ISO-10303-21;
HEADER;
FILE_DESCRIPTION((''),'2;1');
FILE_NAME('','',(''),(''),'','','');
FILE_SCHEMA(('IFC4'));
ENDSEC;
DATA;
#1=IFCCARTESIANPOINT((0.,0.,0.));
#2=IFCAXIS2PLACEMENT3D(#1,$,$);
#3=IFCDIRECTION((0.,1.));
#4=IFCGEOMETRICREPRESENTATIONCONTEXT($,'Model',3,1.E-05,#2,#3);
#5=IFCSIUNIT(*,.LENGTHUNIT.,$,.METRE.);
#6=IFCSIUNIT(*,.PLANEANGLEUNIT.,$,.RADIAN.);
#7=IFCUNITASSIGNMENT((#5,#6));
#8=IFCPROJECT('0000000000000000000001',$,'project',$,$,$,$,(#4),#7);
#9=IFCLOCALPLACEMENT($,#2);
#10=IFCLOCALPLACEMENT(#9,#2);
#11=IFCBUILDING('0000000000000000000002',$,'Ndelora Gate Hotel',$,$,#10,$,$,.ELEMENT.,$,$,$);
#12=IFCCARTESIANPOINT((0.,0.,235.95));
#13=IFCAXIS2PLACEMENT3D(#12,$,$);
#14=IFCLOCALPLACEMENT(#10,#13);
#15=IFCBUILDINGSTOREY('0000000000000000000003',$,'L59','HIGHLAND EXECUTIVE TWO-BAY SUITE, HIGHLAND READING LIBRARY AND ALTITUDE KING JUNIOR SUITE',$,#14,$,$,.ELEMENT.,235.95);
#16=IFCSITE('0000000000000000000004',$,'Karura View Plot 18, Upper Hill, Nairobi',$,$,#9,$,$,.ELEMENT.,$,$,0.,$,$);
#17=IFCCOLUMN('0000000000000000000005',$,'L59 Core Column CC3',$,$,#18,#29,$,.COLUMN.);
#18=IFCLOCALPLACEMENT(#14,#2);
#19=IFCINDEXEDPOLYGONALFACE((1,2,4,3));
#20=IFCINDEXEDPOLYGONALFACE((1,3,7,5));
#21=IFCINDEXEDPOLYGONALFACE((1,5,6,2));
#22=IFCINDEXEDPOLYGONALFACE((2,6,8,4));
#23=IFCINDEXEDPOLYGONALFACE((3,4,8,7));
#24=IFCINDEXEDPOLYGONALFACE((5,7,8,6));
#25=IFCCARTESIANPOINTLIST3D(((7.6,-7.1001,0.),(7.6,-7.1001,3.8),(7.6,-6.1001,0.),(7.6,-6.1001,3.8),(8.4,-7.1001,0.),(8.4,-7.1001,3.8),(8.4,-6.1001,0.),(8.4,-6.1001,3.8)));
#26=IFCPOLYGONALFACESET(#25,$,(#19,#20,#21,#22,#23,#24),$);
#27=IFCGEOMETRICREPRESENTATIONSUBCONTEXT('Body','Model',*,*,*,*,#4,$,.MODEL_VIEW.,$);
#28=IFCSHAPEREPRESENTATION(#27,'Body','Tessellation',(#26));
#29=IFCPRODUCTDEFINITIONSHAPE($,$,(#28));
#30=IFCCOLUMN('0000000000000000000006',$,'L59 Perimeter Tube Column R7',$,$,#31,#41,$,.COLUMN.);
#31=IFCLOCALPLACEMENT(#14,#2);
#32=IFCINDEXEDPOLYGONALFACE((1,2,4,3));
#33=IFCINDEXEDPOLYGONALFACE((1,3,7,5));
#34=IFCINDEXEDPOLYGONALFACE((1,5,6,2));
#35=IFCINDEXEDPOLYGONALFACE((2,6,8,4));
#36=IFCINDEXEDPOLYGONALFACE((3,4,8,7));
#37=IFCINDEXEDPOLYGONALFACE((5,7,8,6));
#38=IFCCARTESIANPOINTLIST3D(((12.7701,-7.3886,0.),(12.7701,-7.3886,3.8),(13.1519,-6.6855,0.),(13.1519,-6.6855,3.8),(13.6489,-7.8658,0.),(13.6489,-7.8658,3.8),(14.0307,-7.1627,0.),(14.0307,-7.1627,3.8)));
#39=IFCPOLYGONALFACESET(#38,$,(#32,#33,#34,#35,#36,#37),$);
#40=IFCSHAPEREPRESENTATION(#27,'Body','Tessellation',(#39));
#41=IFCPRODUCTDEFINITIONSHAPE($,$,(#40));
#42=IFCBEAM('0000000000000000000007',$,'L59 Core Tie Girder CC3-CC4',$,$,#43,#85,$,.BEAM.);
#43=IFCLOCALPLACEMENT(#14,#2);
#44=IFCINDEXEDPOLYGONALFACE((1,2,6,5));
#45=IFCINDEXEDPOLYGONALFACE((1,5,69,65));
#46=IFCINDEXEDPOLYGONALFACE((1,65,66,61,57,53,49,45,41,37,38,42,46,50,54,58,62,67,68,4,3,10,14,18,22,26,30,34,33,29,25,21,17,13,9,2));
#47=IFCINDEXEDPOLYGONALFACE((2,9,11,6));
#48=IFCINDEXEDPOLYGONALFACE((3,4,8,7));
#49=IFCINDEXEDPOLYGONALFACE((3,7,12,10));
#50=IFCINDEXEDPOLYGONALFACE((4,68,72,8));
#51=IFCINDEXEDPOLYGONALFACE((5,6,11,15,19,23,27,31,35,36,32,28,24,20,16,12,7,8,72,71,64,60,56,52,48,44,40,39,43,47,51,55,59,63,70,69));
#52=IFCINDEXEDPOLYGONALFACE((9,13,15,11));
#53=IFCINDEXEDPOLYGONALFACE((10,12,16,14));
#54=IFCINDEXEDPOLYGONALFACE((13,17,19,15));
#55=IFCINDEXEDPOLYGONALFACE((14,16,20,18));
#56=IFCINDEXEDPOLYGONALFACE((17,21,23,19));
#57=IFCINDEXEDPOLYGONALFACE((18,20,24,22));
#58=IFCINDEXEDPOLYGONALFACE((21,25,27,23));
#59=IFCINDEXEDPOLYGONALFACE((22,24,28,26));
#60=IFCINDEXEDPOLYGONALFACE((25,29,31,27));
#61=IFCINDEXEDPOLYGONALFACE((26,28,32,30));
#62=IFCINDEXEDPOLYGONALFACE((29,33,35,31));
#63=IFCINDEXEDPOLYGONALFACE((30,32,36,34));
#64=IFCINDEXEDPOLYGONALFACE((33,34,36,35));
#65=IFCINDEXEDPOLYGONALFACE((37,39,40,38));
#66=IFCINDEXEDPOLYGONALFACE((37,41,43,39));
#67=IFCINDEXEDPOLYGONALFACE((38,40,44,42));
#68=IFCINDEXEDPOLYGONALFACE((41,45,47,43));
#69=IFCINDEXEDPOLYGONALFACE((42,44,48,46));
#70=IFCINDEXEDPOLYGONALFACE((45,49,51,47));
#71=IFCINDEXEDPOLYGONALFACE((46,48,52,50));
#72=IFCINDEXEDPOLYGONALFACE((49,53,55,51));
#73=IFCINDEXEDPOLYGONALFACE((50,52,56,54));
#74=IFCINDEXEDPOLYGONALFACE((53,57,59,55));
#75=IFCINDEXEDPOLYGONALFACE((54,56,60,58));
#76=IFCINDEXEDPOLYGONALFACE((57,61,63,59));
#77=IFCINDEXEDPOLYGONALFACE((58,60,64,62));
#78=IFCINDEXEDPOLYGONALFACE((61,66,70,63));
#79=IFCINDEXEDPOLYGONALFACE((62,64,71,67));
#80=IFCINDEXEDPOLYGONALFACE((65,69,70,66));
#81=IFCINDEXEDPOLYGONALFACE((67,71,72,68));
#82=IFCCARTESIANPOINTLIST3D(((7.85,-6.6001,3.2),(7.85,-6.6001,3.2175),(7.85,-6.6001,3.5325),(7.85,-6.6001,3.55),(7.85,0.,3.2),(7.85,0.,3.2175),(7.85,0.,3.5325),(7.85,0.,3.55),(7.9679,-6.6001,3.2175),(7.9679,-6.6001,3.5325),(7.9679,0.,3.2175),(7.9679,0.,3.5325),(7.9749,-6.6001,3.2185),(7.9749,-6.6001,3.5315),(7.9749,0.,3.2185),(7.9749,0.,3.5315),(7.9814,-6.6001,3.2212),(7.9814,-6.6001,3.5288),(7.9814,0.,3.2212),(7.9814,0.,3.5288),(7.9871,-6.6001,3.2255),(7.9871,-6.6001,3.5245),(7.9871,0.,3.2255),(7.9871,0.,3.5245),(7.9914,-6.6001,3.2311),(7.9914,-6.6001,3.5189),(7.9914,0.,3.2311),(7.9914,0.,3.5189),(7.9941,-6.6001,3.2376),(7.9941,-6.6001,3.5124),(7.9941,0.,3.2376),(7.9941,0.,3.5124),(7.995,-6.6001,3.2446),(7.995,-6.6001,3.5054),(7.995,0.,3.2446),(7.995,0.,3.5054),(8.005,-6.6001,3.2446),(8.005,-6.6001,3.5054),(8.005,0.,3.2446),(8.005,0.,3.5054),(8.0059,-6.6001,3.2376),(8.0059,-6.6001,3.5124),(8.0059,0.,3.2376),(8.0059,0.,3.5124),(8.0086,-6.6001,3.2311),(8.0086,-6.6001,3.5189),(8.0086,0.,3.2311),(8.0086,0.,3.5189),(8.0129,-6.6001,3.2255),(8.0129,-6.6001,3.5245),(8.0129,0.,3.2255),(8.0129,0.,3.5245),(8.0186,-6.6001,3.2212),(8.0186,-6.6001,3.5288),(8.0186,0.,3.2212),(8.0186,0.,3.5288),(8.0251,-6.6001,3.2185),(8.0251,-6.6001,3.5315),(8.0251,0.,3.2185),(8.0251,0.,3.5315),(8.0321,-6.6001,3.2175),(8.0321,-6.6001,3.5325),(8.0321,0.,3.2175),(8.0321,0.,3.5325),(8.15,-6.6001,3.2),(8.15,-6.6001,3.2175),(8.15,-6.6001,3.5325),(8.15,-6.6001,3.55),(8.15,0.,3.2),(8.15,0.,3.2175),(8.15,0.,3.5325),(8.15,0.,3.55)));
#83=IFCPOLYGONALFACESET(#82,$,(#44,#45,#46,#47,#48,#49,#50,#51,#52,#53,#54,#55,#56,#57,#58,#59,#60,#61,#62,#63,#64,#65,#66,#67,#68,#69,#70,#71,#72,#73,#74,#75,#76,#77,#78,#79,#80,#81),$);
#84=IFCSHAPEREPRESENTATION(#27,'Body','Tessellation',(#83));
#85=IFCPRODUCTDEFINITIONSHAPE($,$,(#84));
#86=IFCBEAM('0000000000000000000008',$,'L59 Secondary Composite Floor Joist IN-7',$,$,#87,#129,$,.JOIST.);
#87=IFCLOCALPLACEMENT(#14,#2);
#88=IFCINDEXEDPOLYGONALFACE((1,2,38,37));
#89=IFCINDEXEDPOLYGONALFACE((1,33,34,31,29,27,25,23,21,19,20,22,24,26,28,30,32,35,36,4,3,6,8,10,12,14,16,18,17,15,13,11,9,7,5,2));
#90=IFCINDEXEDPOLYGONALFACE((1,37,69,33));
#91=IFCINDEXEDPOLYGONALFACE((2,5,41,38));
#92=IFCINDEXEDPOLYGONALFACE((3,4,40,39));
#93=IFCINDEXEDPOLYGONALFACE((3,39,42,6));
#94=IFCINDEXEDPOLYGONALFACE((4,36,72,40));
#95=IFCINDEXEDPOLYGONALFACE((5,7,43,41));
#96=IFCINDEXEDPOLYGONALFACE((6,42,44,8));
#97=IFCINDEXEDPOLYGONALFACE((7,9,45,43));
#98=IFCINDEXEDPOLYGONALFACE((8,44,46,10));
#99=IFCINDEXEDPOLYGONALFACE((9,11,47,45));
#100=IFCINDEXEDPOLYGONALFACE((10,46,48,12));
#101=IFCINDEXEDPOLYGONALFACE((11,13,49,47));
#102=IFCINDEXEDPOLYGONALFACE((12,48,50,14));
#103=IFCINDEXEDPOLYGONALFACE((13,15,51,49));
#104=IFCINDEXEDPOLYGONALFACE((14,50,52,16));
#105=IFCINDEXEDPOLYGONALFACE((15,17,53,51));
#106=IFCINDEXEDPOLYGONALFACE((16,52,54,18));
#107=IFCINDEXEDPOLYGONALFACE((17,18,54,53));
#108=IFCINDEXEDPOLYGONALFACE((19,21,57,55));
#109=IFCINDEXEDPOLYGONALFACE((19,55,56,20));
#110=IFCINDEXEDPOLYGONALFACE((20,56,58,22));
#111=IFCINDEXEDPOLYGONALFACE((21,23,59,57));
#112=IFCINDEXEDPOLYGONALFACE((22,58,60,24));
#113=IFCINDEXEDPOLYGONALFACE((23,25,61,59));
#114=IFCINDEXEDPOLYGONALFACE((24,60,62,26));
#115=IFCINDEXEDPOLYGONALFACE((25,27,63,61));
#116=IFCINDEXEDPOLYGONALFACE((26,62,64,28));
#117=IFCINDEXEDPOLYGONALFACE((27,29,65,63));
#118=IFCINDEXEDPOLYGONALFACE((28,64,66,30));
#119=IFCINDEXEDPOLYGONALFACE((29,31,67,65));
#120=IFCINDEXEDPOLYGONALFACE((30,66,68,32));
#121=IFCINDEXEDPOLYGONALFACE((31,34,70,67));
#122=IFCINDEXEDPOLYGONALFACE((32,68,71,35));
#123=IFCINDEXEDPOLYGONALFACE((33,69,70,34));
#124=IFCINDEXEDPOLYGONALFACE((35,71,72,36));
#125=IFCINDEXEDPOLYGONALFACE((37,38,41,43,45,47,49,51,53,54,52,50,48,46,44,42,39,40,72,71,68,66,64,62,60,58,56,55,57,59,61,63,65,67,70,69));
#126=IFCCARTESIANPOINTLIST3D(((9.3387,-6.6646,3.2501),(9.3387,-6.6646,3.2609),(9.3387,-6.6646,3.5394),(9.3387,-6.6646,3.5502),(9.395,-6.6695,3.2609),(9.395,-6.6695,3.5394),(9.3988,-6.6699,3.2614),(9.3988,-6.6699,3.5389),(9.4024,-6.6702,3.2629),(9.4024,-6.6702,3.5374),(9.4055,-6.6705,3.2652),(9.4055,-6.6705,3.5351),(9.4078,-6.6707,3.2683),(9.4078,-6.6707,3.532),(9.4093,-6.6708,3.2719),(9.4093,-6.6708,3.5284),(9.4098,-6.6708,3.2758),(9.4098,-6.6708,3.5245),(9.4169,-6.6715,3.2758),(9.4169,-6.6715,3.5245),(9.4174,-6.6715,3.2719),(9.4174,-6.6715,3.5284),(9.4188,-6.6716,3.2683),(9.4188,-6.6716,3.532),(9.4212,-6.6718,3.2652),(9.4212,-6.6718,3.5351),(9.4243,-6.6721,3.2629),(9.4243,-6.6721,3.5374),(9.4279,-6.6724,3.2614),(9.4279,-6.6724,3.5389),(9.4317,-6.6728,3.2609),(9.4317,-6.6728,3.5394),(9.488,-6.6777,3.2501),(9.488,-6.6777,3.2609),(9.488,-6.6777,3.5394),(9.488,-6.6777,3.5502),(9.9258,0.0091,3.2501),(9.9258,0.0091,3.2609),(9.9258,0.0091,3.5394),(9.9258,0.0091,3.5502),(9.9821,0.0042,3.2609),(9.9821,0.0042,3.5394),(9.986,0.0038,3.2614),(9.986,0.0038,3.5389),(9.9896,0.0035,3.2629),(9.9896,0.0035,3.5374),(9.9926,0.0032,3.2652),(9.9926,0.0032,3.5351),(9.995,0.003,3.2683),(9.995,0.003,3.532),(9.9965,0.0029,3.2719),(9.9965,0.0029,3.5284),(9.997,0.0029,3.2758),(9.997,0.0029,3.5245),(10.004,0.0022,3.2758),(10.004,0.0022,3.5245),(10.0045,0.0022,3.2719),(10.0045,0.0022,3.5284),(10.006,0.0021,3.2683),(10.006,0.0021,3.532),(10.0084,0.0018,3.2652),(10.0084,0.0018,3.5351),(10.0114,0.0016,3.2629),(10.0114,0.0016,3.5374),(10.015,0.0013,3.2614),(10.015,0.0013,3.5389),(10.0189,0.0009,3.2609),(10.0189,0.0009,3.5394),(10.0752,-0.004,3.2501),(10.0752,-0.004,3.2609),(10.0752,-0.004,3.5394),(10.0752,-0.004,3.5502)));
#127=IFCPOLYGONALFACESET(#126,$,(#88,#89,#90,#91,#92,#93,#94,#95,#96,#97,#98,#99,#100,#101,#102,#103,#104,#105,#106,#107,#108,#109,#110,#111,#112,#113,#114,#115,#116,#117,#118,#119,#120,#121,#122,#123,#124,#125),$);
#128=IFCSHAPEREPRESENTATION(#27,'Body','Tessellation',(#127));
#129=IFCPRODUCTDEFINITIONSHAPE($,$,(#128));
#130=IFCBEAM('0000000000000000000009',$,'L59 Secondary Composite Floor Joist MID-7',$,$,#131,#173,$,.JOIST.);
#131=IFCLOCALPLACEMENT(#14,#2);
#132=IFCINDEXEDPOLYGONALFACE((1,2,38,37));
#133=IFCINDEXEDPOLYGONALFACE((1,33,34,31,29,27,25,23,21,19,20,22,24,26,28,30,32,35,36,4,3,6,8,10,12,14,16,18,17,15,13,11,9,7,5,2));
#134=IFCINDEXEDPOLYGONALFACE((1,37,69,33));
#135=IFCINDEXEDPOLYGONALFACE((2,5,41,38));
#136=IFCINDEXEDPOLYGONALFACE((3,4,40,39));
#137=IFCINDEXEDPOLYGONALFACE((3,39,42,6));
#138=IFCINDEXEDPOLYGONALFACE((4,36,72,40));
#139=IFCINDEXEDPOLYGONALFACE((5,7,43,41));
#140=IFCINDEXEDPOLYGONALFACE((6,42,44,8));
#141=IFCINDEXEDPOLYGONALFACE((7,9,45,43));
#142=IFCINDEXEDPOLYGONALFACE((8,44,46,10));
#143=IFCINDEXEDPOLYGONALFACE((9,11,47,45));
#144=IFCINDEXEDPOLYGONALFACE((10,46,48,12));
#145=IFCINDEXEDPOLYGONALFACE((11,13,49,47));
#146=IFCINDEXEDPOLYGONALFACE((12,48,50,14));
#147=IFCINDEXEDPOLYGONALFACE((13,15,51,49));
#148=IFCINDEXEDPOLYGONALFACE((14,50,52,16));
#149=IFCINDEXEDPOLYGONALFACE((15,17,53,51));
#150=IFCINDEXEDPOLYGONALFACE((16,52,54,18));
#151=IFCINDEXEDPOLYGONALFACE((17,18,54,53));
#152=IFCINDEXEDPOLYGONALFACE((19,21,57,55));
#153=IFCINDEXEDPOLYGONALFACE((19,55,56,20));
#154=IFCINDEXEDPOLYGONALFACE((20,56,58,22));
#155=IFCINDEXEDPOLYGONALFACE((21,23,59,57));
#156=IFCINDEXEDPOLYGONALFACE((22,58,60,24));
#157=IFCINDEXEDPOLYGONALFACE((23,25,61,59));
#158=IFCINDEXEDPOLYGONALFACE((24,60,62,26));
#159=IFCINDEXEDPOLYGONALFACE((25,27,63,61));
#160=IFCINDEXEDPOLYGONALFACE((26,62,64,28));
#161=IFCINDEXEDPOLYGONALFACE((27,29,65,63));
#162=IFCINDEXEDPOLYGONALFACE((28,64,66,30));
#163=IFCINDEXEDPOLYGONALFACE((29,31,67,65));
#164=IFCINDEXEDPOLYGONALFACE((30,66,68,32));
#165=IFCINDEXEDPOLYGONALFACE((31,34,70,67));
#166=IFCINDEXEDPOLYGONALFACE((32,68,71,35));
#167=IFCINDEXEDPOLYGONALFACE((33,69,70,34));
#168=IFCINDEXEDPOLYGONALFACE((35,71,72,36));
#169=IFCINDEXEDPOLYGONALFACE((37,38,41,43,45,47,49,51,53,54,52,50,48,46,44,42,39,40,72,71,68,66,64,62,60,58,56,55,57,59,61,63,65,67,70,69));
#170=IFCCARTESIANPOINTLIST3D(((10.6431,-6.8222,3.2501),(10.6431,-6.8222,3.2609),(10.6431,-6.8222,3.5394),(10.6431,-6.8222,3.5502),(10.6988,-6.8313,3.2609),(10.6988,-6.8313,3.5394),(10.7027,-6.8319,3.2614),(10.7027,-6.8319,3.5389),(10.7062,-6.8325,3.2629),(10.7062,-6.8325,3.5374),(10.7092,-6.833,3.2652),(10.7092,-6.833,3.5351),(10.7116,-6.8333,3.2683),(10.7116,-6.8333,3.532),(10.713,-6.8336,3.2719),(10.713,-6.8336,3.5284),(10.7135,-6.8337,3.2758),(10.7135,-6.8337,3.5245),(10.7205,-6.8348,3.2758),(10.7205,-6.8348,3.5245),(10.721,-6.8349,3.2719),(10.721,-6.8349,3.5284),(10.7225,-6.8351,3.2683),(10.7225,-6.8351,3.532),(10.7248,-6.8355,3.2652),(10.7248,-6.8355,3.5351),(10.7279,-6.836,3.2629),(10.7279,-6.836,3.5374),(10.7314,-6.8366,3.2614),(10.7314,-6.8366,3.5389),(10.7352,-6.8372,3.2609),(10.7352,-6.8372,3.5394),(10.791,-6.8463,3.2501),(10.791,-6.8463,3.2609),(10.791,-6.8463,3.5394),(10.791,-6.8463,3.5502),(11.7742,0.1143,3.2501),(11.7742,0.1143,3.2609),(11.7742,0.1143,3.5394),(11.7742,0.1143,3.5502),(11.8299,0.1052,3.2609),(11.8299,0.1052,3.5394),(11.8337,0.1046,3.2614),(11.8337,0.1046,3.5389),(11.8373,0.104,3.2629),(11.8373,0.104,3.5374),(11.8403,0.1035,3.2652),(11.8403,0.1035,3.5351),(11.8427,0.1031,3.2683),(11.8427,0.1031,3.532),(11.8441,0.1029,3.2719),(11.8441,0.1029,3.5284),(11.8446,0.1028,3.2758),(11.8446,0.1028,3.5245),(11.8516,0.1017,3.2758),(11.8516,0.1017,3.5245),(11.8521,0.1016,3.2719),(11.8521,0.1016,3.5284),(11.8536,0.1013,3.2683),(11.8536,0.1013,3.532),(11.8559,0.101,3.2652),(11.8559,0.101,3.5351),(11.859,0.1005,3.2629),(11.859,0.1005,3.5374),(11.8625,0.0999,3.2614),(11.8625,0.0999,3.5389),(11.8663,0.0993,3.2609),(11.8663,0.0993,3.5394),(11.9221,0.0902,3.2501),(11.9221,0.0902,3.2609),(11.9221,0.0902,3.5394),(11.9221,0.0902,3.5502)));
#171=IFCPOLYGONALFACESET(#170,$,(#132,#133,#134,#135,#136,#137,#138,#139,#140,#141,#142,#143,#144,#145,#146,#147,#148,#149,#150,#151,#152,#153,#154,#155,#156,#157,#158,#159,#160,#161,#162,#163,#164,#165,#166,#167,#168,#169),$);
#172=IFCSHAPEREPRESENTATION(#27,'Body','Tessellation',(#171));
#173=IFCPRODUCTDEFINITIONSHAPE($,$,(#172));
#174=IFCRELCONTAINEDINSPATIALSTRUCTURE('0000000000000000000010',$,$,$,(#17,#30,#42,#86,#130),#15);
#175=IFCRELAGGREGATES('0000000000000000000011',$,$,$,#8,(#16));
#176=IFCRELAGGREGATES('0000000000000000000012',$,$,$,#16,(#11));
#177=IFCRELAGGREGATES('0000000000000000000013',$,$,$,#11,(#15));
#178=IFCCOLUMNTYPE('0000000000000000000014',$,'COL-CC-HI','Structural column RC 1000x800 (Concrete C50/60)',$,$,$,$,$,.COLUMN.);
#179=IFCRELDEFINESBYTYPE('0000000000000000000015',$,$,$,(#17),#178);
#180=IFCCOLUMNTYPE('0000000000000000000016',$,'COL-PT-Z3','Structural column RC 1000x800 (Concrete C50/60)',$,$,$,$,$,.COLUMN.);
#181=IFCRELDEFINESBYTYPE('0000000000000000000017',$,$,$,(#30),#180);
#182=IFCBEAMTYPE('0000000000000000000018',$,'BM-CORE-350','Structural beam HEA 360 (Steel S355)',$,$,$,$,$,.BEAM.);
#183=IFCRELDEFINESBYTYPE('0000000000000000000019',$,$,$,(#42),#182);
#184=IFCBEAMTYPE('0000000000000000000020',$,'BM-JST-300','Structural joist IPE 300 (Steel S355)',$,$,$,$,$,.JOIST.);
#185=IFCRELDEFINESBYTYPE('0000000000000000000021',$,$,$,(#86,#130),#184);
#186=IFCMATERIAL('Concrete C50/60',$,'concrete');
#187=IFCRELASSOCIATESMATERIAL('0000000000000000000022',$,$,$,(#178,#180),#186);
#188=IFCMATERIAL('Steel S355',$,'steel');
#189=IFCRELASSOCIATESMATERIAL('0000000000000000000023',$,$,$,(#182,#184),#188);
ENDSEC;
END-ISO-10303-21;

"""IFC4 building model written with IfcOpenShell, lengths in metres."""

from ifc_helpers import new_model, si_unit, direction, frame, origin, origin_2d, place, context, subcontext, project, spatial, rectangle, i_section, extrude, material, material_profile, profile_set, type_object, element, save


model = new_model("IFC4")

# Units and contexts
model_context = context("Model", 3, precision=1e-05, world=origin(), true_north=direction((0.0, 1.0)))
body_context = subcontext(model_context, "Body", "Model", "MODEL_VIEW")
ifc_project = project(units=[si_unit("LENGTHUNIT", "METRE"), si_unit("PLANEANGLEUNIT", "RADIAN")], contexts=[model_context])

# Site, building, storey
site_placement = place(None, origin())
site = spatial("IfcSite", under=ifc_project, at=site_placement, Name="Karura View Plot 18, Upper Hill, Nairobi", CompositionType="ELEMENT", RefElevation=0.0)
building_placement = place(site_placement, origin())
building = spatial("IfcBuilding", under=site, at=building_placement, Name="Ndelora Gate Hotel", CompositionType="ELEMENT")
storey_placement = place(building_placement, frame((0.0, 0.0, 235.95)))
storey = spatial("IfcBuildingStorey", under=building, at=storey_placement, Name="L59", Description="HIGHLAND EXECUTIVE TWO-BAY SUITE, HIGHLAND READING LIBRARY AND ALTITUDE KING JUNIOR SUITE", CompositionType="ELEMENT", Elevation=235.95)

# Columns
ifc_material_1 = material(Name="Concrete C50/60", Category="concrete")
ifc_material_profile_1 = material_profile(ifc_material_1, rectangle(XDim=0.8, YDim=1.0, at=origin_2d()), Name="RC 1000x800")
ifc_profile_set_1 = profile_set([ifc_material_profile_1], Name="Concrete C50/60")
column_type_1 = type_object("IfcColumnType", Name="COL-CC-HI", Description="Structural column RC 1000x800 (Concrete C50/60)", PredefinedType="COLUMN", material=ifc_profile_set_1)
column_1_placement = place(storey_placement, frame((8.0, -6.6001, 0.0), z_axis=(0.0, 0.0, 1.0), x_axis=(1.0, 0.0, 0.0)))
element("IfcColumn", 1, at=column_1_placement, inside=storey, type_object=column_type_1, Name="L59 Core Column CC3", PredefinedType="COLUMN", context=body_context, shape_type="SweptSolid", body=[
    extrude(rectangle(XDim=0.8, YDim=1.0, at=origin_2d()), origin(), (0.0, 0.0, 1.0), 3.8),
])
ifc_material_profile_2 = material_profile(ifc_material_1, rectangle(XDim=0.8, YDim=1.0, at=origin_2d()), Name="RC 1000x800")
ifc_profile_set_2 = profile_set([ifc_material_profile_2], Name="Concrete C50/60")
column_type_2 = type_object("IfcColumnType", Name="COL-PT-Z3", Description="Structural column RC 1000x800 (Concrete C50/60)", PredefinedType="COLUMN", material=ifc_profile_set_2)
column_2_placement = place(storey_placement, frame((13.4004, -7.2756, 0.0), z_axis=(0.0, 0.0, 1.0), x_axis=(0.477159, 0.878817, 0.0)))
element("IfcColumn", 2, at=column_2_placement, inside=storey, type_object=column_type_2, Name="L59 Perimeter Tube Column R7", PredefinedType="COLUMN", context=body_context, shape_type="SweptSolid", body=[
    extrude(rectangle(XDim=0.8, YDim=1.0, at=origin_2d()), origin(), (0.0, 0.0, 1.0), 3.8),
])

# Beams
ifc_material_2 = material(Name="Steel S355", Category="steel")
ifc_material_profile_3 = material_profile(ifc_material_2, i_section(OverallWidth=0.3, OverallDepth=0.3501, WebThickness=0.01, FlangeThickness=0.0176, FilletRadius=0.0271, at=origin_2d()), Name="HEA 360")
ifc_profile_set_3 = profile_set([ifc_material_profile_3], Name="Steel S355")
beam_type_1 = type_object("IfcBeamType", Name="BM-CORE-350", Description="Structural beam HEA 360 (Steel S355)", PredefinedType="BEAM", material=ifc_profile_set_3)
beam_1_placement = place(storey_placement, frame((8.0, -6.6001, 3.375), z_axis=(0.0, 1.0, 0.0), x_axis=(-1.0, 0.0, 0.0)))
element("IfcBeam", 3, at=beam_1_placement, inside=storey, type_object=beam_type_1, Name="L59 Core Tie Girder CC3-CC4", PredefinedType="BEAM", context=body_context, shape_type="SweptSolid", body=[
    extrude(i_section(OverallWidth=0.3, OverallDepth=0.3501, WebThickness=0.01, FlangeThickness=0.0176, FilletRadius=0.0271, at=origin_2d()), origin(), (0.0, 0.0, 1.0), 6.6001),
])
ifc_material_profile_4 = material_profile(ifc_material_2, i_section(OverallWidth=0.1499, OverallDepth=0.3, WebThickness=0.0071, FlangeThickness=0.0107, FilletRadius=0.0149, at=origin_2d()), Name="IPE 300")
ifc_profile_set_4 = profile_set([ifc_material_profile_4], Name="Steel S355")
beam_type_2 = type_object("IfcBeamType", Name="BM-JST-300", Description="Structural joist IPE 300 (Steel S355)", PredefinedType="JOIST", material=ifc_profile_set_4)
beam_2_placement = place(storey_placement, frame((9.4133, -6.6711, 3.4001), z_axis=(0.087644, 0.996152, 0.0), x_axis=(-0.996152, 0.087644, 0.0)))
element("IfcBeam", 4, at=beam_2_placement, inside=storey, type_object=beam_type_2, Name="L59 Secondary Composite Floor Joist IN-7", PredefinedType="JOIST", context=body_context, shape_type="SweptSolid", body=[
    extrude(i_section(OverallWidth=0.1499, OverallDepth=0.3, WebThickness=0.0071, FlangeThickness=0.0107, FilletRadius=0.0149, at=origin_2d()), origin(), (0.0, 0.0, 1.0), 6.6995),
])
beam_3_placement = place(storey_placement, frame((10.717, -6.8342, 3.4001), z_axis=(0.160939, 0.986964, 0.0), x_axis=(-0.986964, 0.160939, 0.0)))
element("IfcBeam", 5, at=beam_3_placement, inside=storey, type_object=beam_type_2, Name="L59 Secondary Composite Floor Joist MID-7", PredefinedType="JOIST", context=body_context, shape_type="SweptSolid", body=[
    extrude(i_section(OverallWidth=0.1499, OverallDepth=0.3, WebThickness=0.0071, FlangeThickness=0.0107, FilletRadius=0.0149, at=origin_2d()), origin(), (0.0, 0.0, 1.0), 7.0281),
])

save(model, "model.ifc")
